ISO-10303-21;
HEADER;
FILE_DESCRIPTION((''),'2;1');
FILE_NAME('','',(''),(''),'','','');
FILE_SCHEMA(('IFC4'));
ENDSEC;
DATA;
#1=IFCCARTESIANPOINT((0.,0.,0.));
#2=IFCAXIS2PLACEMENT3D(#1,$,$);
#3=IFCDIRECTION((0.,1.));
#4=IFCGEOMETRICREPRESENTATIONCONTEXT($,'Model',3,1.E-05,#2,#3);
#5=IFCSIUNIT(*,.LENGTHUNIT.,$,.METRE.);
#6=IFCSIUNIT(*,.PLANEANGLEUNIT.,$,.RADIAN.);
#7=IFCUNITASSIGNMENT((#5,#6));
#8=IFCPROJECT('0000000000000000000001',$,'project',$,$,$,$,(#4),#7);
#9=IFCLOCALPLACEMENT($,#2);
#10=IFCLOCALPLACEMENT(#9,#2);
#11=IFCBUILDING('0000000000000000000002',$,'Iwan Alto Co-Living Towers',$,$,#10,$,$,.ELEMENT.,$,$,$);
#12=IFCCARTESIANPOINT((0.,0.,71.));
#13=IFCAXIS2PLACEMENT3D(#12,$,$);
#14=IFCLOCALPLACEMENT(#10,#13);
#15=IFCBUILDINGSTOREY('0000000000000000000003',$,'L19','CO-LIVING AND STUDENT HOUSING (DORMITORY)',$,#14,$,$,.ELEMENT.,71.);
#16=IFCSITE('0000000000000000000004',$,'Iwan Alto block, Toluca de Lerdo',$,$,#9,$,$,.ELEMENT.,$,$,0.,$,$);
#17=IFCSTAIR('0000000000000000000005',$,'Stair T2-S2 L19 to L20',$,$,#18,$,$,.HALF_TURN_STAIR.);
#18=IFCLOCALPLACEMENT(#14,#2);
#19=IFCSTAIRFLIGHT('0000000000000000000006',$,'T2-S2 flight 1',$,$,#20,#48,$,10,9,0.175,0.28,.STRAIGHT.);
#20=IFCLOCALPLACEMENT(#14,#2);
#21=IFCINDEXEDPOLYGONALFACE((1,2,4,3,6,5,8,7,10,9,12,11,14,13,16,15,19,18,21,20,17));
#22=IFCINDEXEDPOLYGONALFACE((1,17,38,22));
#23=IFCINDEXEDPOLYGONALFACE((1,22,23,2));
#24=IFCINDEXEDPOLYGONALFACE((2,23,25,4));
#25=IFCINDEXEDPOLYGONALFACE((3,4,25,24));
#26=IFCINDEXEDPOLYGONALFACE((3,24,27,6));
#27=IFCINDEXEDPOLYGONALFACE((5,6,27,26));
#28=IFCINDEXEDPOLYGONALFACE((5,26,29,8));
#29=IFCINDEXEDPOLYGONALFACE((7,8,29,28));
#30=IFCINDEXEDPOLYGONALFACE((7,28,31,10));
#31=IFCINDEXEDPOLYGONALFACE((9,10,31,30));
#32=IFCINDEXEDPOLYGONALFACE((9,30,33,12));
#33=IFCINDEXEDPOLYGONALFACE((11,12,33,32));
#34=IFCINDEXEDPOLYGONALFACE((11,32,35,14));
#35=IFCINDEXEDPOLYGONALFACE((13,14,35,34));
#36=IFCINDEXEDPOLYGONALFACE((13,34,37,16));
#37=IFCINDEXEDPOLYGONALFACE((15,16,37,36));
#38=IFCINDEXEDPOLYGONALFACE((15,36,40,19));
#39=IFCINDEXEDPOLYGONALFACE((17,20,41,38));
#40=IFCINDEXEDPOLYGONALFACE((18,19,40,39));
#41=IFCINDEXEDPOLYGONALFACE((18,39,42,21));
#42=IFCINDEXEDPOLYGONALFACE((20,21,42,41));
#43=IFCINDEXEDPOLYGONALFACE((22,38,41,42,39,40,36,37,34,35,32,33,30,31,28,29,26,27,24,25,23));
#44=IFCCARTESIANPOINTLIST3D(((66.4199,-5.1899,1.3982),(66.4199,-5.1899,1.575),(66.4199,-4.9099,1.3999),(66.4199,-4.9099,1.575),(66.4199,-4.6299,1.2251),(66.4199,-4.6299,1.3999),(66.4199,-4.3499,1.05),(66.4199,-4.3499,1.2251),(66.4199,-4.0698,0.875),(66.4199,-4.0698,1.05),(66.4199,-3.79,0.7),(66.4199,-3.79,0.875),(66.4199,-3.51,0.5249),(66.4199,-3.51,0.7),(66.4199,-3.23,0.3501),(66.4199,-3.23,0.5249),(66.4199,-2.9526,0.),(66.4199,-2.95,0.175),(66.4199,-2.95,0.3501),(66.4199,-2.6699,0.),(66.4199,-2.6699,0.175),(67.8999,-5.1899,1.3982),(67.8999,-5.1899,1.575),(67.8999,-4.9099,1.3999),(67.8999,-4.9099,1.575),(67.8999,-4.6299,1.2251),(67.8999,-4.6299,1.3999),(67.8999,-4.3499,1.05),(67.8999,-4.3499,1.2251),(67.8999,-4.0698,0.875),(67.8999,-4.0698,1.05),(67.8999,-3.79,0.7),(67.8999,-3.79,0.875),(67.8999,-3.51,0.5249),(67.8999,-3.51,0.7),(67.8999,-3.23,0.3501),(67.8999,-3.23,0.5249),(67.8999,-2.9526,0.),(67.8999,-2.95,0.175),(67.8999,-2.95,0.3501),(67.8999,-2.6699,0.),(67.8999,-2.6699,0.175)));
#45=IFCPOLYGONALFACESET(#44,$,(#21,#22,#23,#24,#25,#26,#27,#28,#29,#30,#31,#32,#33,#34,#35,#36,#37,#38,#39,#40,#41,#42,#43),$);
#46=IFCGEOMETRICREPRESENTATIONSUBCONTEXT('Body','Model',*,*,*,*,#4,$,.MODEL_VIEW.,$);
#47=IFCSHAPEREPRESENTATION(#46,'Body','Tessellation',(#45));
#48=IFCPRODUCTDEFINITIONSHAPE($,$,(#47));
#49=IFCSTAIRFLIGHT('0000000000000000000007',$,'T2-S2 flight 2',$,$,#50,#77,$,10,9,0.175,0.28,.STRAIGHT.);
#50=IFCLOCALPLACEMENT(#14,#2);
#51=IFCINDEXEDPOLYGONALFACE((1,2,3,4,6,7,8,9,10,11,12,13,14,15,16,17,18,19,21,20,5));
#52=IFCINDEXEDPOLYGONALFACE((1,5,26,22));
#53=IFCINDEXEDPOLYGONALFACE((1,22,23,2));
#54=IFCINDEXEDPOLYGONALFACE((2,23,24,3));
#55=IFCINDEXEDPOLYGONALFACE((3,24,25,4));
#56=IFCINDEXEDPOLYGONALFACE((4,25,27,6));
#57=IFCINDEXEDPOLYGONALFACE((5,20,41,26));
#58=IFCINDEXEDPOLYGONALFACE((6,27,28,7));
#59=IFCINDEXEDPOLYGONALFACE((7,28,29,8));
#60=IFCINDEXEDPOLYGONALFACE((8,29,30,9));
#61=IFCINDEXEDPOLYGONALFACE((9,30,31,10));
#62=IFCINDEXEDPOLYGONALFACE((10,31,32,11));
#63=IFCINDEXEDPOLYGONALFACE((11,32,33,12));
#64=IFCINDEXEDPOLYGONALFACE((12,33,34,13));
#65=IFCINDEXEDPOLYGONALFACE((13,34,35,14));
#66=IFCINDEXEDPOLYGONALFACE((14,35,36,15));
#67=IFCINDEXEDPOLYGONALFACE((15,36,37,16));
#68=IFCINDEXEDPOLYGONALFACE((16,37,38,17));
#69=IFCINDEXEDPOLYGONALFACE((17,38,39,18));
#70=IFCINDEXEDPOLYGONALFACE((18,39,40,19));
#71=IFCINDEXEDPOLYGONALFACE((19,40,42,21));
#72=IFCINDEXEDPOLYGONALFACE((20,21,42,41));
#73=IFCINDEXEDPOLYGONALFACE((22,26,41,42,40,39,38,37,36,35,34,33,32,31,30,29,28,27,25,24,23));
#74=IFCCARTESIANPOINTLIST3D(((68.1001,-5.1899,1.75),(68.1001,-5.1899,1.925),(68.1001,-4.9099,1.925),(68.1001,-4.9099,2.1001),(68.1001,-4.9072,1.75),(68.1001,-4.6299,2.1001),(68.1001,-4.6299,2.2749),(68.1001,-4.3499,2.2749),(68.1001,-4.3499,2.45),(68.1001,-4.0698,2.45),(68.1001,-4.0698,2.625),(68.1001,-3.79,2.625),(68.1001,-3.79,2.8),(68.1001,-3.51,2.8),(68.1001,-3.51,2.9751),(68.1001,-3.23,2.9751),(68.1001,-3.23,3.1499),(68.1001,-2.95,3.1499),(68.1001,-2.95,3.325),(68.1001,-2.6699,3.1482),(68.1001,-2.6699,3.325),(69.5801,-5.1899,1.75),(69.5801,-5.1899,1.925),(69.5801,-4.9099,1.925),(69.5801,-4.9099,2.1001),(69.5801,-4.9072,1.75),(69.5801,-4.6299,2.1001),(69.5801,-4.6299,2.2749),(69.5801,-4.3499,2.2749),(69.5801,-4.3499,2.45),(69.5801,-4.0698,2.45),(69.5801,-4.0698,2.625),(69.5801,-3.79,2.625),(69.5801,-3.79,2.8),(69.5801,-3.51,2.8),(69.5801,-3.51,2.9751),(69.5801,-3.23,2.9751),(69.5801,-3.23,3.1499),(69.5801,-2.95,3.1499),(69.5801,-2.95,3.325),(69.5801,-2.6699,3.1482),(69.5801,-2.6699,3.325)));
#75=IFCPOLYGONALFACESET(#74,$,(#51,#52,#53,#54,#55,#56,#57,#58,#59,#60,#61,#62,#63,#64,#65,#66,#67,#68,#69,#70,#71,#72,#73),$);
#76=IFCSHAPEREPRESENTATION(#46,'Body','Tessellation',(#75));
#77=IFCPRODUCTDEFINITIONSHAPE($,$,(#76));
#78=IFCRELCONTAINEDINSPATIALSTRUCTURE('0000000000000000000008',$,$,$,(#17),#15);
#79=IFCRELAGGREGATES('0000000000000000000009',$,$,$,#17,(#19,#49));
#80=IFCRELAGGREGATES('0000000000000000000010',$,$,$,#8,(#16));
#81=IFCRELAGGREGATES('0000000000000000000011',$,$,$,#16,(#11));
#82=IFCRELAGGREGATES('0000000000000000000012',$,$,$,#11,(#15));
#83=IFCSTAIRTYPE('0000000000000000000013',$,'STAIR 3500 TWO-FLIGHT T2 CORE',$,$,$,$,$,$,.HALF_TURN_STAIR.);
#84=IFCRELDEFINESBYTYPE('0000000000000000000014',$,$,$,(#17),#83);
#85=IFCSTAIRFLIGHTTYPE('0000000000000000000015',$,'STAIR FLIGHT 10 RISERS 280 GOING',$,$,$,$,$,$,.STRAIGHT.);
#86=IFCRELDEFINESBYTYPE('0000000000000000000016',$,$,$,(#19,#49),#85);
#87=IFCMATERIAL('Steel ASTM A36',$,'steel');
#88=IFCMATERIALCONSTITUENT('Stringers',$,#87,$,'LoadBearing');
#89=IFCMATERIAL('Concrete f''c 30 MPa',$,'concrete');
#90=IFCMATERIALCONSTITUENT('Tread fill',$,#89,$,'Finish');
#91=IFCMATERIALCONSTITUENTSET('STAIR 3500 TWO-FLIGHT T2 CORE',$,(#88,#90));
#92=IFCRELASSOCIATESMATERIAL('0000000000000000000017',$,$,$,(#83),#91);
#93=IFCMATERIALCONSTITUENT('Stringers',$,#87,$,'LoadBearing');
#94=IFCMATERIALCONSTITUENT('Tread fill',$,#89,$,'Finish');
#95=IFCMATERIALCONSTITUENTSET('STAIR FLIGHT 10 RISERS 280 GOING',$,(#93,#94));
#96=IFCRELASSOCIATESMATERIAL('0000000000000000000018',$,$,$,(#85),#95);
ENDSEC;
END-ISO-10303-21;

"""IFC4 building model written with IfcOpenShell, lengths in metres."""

from ifc_helpers import new_model, si_unit, direction, frame, origin, place, context, subcontext, project, spatial, polyline, outline, extrude, material, constituent, constituent_set, type_object, element, aggregate, save


model = new_model("IFC4")

# Units and contexts
model_context = context("Model", 3, precision=1e-05, world=origin(), true_north=direction((0.0, 1.0)))
body_context = subcontext(model_context, "Body", "Model", "MODEL_VIEW")
ifc_project = project(units=[si_unit("LENGTHUNIT", "METRE"), si_unit("PLANEANGLEUNIT", "RADIAN")], contexts=[model_context])

# Site, building, storey
site_placement = place(None, origin())
site = spatial("IfcSite", under=ifc_project, at=site_placement, Name="Iwan Alto block, Toluca de Lerdo", CompositionType="ELEMENT", RefElevation=0.0)
building_placement = place(site_placement, origin())
building = spatial("IfcBuilding", under=site, at=building_placement, Name="Iwan Alto Co-Living Towers", CompositionType="ELEMENT")
storey_placement = place(building_placement, frame((0.0, 0.0, 71.0)))
storey = spatial("IfcBuildingStorey", under=building, at=storey_placement, Name="L19", Description="CO-LIVING AND STUDENT HOUSING (DORMITORY)", CompositionType="ELEMENT", Elevation=71.0)

# Stair, stair flights
ifc_material_1 = material(Name="Steel ASTM A36", Category="steel")
ifc_constituent_1 = constituent(ifc_material_1, Name="Stringers", Category="LoadBearing")
ifc_material_2 = material(Name="Concrete f'c 30 MPa", Category="concrete")
ifc_constituent_2 = constituent(ifc_material_2, Name="Tread fill", Category="Finish")
ifc_constituent_set_1 = constituent_set(constituents=[ifc_constituent_1, ifc_constituent_2], Name="STAIR 3500 TWO-FLIGHT T2 CORE")
stair_type = type_object("IfcStairType", Name="STAIR 3500 TWO-FLIGHT T2 CORE", PredefinedType="HALF_TURN_STAIR", material=ifc_constituent_set_1)
stair_placement = place(storey_placement, origin())
stair = element("IfcStair", 1, at=stair_placement, inside=storey, type_object=stair_type, Name="Stair T2-S2 L19 to L20", PredefinedType="HALF_TURN_STAIR")
ifc_constituent_3 = constituent(ifc_material_1, Name="Stringers", Category="LoadBearing")
ifc_constituent_4 = constituent(ifc_material_2, Name="Tread fill", Category="Finish")
ifc_constituent_set_2 = constituent_set(constituents=[ifc_constituent_3, ifc_constituent_4], Name="STAIR FLIGHT 10 RISERS 280 GOING")
stair_flight_type = type_object("IfcStairFlightType", Name="STAIR FLIGHT 10 RISERS 280 GOING", PredefinedType="STRAIGHT", material=ifc_constituent_set_2)
stair_flight_1_placement = place(storey_placement, frame((67.1599, -2.6699, 0.0), z_axis=(0.0, 0.0, 1.0), x_axis=(0.0, -1.0, 0.0)))
stair_flight_1 = element("IfcStairFlight", 2, at=stair_flight_1_placement, type_object=stair_flight_type, Name="T2-S2 flight 1", NumberOfRisers=10, NumberOfTreads=9, PredefinedType="STRAIGHT", RiserHeight=0.175, TreadLength=0.28, context=body_context, shape_type="SweptSolid", body=[
    extrude(outline(polyline([(0.0, 0.0), (0.0, 0.175), (0.28, 0.175), (0.28, 0.3501), (0.5601, 0.3501), (0.5601, 0.5249), (0.8401, 0.5249), (0.8401, 0.7), (1.1201, 0.7), (1.1201, 0.875), (1.3999, 0.875), (1.3999, 1.05), (1.6799, 1.05), (1.6799, 1.2251), (1.96, 1.2251), (1.96, 1.3999), (2.24, 1.3999), (2.24, 1.575), (2.52, 1.575), (2.52, 1.75), (2.52, 1.3982), (0.2827, 0.0), (0.0, 0.0)])), frame((0.0, 0.74, 0.0), z_axis=(0.0, -1.0, 0.0), x_axis=(1.0, 0.0, 0.0)), (0.0, 0.0, 1.0), 1.48),
])
stair_flight_2_placement = place(storey_placement, frame((68.8401, -5.1899, 1.75), z_axis=(0.0, 0.0, 1.0), x_axis=(0.0, 1.0, 0.0)))
stair_flight_2 = element("IfcStairFlight", 3, at=stair_flight_2_placement, type_object=stair_flight_type, Name="T2-S2 flight 2", NumberOfRisers=10, NumberOfTreads=9, PredefinedType="STRAIGHT", RiserHeight=0.175, TreadLength=0.28, context=body_context, shape_type="SweptSolid", body=[
    extrude(outline(polyline([(0.0, 0.0), (0.0, 0.175), (0.28, 0.175), (0.28, 0.3501), (0.5601, 0.3501), (0.5601, 0.5249), (0.8401, 0.5249), (0.8401, 0.7), (1.1201, 0.7), (1.1201, 0.875), (1.3999, 0.875), (1.3999, 1.05), (1.6799, 1.05), (1.6799, 1.2251), (1.96, 1.2251), (1.96, 1.3999), (2.24, 1.3999), (2.24, 1.575), (2.52, 1.575), (2.52, 1.75), (2.52, 1.3982), (0.2827, 0.0), (0.0, 0.0)])), frame((0.0, 0.74, 0.0), z_axis=(0.0, -1.0, 0.0), x_axis=(1.0, 0.0, 0.0)), (0.0, 0.0, 1.0), 1.48),
])
aggregate(stair, [stair_flight_1, stair_flight_2])

save(model, "model.ifc")
